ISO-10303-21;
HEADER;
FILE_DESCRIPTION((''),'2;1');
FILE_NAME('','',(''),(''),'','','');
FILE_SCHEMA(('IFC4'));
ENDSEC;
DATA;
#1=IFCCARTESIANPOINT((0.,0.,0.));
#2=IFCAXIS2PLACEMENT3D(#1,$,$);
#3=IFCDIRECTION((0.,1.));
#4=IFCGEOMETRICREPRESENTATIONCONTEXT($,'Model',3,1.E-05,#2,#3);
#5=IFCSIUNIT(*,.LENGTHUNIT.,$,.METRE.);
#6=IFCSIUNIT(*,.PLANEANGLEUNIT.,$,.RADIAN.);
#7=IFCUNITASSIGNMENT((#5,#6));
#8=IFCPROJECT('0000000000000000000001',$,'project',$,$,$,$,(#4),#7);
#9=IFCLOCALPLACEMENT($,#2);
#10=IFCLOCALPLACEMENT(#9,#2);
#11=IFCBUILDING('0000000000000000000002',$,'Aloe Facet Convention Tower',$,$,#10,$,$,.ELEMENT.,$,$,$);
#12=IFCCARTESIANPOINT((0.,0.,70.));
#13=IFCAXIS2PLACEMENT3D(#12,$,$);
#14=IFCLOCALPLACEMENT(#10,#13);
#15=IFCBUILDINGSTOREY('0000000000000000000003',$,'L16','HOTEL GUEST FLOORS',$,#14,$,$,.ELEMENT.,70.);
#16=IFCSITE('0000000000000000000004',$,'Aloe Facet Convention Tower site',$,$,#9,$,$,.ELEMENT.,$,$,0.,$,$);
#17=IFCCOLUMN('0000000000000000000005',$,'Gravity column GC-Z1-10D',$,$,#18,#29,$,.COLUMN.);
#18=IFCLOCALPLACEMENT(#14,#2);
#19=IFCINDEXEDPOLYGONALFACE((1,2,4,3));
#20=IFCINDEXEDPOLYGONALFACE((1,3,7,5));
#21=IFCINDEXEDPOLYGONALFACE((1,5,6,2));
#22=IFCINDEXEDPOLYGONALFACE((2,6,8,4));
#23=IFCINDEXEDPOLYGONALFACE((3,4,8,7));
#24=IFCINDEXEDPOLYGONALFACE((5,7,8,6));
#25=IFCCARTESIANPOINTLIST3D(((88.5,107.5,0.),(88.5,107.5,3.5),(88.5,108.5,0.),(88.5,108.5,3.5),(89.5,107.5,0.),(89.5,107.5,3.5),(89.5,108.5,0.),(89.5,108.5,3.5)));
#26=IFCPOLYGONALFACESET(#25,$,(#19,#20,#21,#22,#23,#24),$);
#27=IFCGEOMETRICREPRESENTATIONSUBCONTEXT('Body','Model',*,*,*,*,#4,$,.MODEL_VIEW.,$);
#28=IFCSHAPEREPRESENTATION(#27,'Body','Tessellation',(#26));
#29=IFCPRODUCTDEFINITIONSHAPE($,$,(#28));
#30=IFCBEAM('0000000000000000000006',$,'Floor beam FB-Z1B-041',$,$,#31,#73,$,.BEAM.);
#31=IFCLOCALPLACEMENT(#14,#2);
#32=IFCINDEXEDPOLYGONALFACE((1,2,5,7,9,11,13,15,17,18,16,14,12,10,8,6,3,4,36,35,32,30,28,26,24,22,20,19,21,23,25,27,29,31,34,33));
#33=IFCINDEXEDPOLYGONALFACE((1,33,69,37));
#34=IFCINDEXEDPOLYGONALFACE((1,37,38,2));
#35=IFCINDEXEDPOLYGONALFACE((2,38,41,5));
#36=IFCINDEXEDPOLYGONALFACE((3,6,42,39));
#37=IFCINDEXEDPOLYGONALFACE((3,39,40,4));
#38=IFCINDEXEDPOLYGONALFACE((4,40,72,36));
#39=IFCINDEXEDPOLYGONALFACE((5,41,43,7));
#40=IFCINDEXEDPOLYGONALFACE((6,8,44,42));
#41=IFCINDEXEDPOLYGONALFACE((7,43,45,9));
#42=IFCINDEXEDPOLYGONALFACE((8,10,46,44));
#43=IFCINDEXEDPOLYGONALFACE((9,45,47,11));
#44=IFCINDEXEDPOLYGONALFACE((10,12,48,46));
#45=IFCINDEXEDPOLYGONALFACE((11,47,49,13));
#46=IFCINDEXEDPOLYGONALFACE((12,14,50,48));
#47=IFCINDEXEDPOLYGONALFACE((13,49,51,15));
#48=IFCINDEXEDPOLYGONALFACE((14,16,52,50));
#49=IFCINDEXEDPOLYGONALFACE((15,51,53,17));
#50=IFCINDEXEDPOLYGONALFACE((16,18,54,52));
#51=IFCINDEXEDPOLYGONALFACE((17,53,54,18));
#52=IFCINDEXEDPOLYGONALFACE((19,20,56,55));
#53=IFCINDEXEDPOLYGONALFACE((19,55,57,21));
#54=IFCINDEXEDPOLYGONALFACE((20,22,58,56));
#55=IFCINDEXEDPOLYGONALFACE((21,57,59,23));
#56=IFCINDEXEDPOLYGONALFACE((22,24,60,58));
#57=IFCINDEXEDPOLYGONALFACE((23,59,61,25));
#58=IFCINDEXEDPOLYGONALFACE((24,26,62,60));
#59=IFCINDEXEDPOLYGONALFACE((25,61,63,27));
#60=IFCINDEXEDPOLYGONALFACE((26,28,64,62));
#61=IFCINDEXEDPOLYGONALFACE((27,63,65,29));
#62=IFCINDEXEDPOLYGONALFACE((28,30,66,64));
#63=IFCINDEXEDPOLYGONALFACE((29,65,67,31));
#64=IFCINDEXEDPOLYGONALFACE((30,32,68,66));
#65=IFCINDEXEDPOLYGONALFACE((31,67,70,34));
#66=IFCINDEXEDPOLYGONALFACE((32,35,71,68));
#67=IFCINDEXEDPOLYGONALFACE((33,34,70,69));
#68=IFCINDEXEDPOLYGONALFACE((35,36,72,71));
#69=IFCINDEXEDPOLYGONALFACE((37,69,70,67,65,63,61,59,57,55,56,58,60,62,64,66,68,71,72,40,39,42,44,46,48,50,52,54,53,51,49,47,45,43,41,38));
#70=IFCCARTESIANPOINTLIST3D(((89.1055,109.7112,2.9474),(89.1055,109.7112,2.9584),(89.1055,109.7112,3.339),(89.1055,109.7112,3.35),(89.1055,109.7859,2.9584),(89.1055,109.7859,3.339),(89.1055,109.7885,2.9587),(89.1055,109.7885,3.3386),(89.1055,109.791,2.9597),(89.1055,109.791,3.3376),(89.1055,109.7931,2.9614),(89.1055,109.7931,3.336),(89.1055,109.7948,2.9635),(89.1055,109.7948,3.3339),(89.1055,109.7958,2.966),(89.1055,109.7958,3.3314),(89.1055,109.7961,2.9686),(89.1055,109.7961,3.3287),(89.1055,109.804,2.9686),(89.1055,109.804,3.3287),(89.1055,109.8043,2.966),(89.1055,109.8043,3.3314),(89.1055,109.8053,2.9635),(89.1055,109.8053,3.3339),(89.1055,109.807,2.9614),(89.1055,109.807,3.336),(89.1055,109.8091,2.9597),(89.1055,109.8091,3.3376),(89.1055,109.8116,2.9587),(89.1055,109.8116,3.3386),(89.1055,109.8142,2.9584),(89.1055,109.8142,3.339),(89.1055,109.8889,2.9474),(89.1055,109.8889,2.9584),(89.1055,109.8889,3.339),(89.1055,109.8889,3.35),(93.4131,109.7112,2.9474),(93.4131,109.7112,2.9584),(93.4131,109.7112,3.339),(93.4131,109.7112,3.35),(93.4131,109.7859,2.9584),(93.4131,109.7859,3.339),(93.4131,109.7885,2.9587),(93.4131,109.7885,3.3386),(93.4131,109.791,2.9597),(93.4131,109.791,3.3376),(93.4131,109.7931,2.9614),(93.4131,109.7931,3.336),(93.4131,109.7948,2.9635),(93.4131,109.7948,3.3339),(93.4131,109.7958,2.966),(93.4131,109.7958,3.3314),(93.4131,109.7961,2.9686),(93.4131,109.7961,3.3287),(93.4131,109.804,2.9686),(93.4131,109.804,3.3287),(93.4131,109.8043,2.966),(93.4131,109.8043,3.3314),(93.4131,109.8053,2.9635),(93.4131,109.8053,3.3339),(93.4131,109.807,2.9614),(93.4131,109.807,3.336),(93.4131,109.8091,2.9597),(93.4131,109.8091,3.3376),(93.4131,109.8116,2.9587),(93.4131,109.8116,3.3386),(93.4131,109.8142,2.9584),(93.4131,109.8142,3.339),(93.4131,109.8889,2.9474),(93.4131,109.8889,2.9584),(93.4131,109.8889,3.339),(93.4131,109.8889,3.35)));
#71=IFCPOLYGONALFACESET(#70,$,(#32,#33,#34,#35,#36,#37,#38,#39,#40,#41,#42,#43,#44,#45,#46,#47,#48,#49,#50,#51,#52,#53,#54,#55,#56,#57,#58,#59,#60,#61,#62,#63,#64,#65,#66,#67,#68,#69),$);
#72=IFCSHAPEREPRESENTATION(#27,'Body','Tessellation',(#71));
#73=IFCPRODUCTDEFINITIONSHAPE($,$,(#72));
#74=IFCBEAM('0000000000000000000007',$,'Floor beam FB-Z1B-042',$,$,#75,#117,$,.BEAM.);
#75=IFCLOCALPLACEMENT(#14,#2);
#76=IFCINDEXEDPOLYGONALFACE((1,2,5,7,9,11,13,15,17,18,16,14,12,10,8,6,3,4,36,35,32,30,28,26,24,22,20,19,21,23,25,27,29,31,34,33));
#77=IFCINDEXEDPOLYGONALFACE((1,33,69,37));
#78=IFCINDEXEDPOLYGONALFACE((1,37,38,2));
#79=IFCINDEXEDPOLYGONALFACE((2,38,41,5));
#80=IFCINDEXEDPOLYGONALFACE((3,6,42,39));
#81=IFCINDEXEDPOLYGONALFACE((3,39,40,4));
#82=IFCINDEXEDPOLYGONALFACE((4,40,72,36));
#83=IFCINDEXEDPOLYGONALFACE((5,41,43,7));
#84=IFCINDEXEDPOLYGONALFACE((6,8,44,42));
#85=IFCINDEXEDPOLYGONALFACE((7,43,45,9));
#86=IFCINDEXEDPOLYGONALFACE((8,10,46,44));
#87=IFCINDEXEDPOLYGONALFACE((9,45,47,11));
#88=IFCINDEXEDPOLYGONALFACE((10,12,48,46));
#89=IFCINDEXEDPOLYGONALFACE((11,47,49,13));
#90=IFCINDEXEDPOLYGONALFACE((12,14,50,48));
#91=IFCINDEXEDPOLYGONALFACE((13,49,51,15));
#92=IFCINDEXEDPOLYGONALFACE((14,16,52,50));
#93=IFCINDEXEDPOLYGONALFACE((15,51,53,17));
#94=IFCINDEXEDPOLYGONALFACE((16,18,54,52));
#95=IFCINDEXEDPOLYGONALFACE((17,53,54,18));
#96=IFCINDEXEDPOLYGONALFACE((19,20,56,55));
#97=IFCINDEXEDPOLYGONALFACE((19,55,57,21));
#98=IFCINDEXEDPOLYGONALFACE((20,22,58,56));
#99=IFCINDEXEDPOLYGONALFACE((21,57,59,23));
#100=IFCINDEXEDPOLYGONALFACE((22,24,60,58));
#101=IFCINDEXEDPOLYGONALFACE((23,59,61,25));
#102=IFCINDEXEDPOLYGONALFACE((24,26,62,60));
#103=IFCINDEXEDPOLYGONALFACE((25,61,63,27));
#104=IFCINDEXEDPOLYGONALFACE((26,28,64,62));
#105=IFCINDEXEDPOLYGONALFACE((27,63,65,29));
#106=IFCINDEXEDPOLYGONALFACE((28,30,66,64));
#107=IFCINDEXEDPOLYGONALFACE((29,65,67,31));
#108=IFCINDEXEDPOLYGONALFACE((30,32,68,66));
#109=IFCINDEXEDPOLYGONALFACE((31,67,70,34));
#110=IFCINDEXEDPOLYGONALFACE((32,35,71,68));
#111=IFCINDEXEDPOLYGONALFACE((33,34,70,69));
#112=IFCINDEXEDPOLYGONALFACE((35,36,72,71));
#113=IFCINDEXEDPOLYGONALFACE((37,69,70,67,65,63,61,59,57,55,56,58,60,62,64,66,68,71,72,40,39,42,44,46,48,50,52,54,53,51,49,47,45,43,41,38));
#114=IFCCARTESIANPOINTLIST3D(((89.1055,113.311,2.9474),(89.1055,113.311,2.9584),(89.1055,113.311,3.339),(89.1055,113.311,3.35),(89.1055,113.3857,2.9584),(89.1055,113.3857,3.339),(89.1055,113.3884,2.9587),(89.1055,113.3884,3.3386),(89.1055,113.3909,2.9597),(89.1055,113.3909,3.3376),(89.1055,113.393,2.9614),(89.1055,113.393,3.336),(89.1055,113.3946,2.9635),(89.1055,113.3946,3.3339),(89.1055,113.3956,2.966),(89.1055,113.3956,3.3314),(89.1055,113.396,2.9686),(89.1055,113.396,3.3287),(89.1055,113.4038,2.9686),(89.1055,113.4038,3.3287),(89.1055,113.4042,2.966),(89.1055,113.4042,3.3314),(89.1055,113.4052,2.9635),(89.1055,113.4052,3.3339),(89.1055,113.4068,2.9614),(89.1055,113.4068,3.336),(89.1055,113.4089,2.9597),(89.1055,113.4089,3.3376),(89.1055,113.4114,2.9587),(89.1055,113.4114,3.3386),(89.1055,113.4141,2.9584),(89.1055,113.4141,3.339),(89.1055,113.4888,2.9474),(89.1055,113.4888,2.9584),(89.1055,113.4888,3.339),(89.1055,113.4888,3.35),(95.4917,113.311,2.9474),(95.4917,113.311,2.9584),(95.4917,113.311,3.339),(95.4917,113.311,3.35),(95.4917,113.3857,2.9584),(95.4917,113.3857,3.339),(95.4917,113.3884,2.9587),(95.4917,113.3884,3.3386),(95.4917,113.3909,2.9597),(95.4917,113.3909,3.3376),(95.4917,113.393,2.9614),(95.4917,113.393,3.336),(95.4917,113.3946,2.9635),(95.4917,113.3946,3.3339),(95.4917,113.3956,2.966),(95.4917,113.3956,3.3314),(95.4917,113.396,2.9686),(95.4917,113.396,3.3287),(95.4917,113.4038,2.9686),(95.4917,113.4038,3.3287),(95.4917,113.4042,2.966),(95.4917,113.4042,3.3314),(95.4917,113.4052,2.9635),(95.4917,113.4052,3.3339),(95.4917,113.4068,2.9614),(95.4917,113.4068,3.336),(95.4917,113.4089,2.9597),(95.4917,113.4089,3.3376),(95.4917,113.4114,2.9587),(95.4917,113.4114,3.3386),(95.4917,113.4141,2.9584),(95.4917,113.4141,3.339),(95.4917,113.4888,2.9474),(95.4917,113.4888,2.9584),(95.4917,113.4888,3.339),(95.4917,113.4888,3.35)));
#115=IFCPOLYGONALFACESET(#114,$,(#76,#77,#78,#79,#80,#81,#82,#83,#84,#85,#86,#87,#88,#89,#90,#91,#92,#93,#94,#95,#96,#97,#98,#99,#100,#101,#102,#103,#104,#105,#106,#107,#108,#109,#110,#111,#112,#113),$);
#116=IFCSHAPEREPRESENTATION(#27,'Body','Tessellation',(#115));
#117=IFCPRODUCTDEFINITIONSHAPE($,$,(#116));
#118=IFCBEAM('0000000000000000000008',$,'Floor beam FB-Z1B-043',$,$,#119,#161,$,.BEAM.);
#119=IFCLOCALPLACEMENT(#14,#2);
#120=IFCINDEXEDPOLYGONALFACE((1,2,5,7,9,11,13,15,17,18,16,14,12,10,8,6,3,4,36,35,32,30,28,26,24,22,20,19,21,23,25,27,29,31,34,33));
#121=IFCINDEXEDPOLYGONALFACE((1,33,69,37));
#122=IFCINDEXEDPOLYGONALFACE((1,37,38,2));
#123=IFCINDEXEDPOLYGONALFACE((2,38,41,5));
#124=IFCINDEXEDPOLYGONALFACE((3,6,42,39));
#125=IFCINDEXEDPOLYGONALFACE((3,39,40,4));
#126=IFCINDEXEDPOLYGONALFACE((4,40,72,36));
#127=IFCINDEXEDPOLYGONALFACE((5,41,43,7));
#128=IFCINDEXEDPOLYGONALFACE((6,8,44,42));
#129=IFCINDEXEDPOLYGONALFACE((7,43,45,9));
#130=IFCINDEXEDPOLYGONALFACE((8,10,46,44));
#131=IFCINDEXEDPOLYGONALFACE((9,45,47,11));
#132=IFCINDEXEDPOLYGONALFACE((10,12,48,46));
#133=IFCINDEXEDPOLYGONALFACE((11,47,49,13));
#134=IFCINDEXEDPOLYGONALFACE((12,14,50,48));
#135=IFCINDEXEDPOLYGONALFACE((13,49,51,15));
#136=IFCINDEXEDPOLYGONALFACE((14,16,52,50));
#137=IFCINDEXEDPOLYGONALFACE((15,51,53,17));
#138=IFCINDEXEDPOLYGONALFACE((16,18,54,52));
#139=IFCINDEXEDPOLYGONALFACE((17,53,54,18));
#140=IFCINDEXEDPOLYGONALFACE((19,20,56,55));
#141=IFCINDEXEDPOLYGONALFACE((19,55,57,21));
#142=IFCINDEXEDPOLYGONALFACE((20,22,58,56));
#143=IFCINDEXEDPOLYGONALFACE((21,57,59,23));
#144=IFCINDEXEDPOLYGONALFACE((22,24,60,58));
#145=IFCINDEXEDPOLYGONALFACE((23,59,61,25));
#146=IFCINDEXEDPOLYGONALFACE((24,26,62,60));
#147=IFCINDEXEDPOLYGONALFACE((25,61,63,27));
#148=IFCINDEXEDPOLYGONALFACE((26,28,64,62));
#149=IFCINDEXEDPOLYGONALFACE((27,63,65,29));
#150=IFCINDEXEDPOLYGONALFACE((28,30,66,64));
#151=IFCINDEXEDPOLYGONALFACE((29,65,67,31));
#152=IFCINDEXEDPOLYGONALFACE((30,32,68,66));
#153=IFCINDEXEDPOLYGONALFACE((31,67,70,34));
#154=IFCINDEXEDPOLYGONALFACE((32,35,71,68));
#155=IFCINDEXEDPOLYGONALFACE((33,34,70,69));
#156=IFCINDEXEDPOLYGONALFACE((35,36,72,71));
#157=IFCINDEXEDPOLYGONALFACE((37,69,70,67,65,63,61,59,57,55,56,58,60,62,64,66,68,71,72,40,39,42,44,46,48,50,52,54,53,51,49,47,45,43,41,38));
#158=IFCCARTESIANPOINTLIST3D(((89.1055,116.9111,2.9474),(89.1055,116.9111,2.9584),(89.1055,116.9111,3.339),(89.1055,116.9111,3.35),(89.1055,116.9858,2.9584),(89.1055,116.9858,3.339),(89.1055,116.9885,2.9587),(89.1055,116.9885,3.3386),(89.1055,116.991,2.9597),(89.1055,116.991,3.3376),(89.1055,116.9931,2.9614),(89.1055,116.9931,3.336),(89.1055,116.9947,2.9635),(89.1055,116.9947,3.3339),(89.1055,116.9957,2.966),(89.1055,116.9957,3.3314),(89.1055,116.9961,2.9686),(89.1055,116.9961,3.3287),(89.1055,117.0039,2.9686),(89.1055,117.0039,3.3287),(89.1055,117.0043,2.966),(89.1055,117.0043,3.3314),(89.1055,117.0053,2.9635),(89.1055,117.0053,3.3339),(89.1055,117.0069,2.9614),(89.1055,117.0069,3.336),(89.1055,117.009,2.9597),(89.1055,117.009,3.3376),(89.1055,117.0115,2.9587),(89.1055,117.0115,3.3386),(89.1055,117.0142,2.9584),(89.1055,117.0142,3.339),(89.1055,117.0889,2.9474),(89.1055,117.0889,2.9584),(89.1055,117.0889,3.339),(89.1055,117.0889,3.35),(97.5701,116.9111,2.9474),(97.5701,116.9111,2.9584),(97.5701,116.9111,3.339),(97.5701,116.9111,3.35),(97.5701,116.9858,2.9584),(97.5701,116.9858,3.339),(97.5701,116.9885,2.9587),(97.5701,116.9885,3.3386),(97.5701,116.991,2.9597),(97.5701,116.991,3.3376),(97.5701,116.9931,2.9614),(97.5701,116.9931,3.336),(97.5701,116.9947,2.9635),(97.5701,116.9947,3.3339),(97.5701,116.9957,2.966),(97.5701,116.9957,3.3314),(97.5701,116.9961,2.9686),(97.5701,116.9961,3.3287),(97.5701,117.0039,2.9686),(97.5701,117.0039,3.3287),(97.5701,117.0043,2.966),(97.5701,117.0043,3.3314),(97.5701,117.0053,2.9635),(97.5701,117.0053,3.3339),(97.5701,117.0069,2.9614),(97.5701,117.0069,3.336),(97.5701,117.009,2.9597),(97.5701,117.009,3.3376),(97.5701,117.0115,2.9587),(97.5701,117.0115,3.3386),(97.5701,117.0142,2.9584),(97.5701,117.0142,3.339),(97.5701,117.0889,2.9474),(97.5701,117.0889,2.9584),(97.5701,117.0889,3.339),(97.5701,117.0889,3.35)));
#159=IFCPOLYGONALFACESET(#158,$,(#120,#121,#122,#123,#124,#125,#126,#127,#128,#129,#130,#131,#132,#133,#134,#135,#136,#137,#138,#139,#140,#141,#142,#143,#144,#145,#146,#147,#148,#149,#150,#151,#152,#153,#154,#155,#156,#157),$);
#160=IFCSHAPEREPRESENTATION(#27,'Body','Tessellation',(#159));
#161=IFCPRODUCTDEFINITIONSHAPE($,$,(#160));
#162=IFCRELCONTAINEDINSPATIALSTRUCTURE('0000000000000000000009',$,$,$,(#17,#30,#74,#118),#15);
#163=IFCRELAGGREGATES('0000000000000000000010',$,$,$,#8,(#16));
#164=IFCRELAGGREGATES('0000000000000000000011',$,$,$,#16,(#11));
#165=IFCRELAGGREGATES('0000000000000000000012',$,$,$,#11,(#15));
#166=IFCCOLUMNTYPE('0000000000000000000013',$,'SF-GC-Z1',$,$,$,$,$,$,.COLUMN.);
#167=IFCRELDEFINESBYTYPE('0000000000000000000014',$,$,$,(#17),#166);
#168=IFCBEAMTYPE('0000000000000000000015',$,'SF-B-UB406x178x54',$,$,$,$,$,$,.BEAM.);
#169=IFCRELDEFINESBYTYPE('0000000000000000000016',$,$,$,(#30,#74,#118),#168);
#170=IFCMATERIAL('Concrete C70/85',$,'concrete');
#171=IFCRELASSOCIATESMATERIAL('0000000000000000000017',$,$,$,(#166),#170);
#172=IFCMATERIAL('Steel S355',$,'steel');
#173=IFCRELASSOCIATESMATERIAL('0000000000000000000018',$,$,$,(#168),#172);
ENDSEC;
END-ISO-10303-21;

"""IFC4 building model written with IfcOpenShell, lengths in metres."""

from ifc_helpers import new_model, si_unit, direction, frame, origin, origin_2d, place, context, subcontext, project, spatial, rectangle, i_section, extrude, material, material_profile, profile_set, type_object, element, save


model = new_model("IFC4")

# Units and contexts
model_context = context("Model", 3, precision=1e-05, world=origin(), true_north=direction((0.0, 1.0)))
body_context = subcontext(model_context, "Body", "Model", "MODEL_VIEW")
ifc_project = project(units=[si_unit("LENGTHUNIT", "METRE"), si_unit("PLANEANGLEUNIT", "RADIAN")], contexts=[model_context])

# Site, building, storey
site_placement = place(None, origin())
site = spatial("IfcSite", under=ifc_project, at=site_placement, Name="Aloe Facet Convention Tower site", CompositionType="ELEMENT", RefElevation=0.0)
building_placement = place(site_placement, origin())
building = spatial("IfcBuilding", under=site, at=building_placement, Name="Aloe Facet Convention Tower", CompositionType="ELEMENT")
storey_placement = place(building_placement, frame((0.0, 0.0, 70.0)))
storey = spatial("IfcBuildingStorey", under=building, at=storey_placement, Name="L16", Description="HOTEL GUEST FLOORS", CompositionType="ELEMENT", Elevation=70.0)

# Column
ifc_material_1 = material(Name="Concrete C70/85", Category="concrete")
ifc_material_profile_1 = material_profile(ifc_material_1, rectangle(XDim=1.0, YDim=1.0, at=origin_2d()), Name="SF-GC-Z1")
ifc_profile_set_1 = profile_set([ifc_material_profile_1], Name="Concrete C70/85")
column_type = type_object("IfcColumnType", Name="SF-GC-Z1", PredefinedType="COLUMN", material=ifc_profile_set_1)
column_placement = place(storey_placement, frame((89.0, 108.0, 0.0), z_axis=(0.0, 0.0, 1.0), x_axis=(1.0, 0.0, 0.0)))
element("IfcColumn", 1, at=column_placement, inside=storey, type_object=column_type, Name="Gravity column GC-Z1-10D", PredefinedType="COLUMN", context=body_context, shape_type="SweptSolid", body=[
    extrude(rectangle(XDim=1.0, YDim=1.0, at=origin_2d()), origin(), (0.0, 0.0, 1.0), 3.5),
])

# Beams
ifc_material_2 = material(Name="Steel S355", Category="steel")
ifc_material_profile_2 = material_profile(ifc_material_2, i_section(OverallWidth=0.1777, OverallDepth=0.4026, WebThickness=0.0078, FlangeThickness=0.011, FilletRadius=0.0103, at=origin_2d()), Name="UB 406x178x54")
ifc_profile_set_2 = profile_set([ifc_material_profile_2], Name="Steel S355")
beam_type_1 = type_object("IfcBeamType", Name="SF-B-UB406x178x54", PredefinedType="BEAM", material=ifc_profile_set_2)
beam_1_placement = place(storey_placement, frame((89.1055, 109.8, 3.1487), z_axis=(1.0, 0.0, 0.0), x_axis=(0.0, 1.0, 0.0)))
element("IfcBeam", 2, at=beam_1_placement, inside=storey, type_object=beam_type_1, Name="Floor beam FB-Z1B-041", PredefinedType="BEAM", context=body_context, shape_type="SweptSolid", body=[
    extrude(i_section(OverallWidth=0.1777, OverallDepth=0.4026, WebThickness=0.0078, FlangeThickness=0.011, FilletRadius=0.0103, at=origin_2d()), origin(), (0.0, 0.0, 1.0), 4.3076),
])
beam_2_placement = place(storey_placement, frame((89.1055, 113.3999, 3.1487), z_axis=(1.0, 0.0, 0.0), x_axis=(0.0, 1.0, 0.0)))
element("IfcBeam", 3, at=beam_2_placement, inside=storey, type_object=beam_type_1, Name="Floor beam FB-Z1B-042", PredefinedType="BEAM", context=body_context, shape_type="SweptSolid", body=[
    extrude(i_section(OverallWidth=0.1777, OverallDepth=0.4026, WebThickness=0.0078, FlangeThickness=0.011, FilletRadius=0.0103, at=origin_2d()), origin(), (0.0, 0.0, 1.0), 6.3862),
])
beam_3_placement = place(storey_placement, frame((89.1055, 117.0, 3.1487), z_axis=(1.0, 0.0, 0.0), x_axis=(0.0, 1.0, 0.0)))
element("IfcBeam", 4, at=beam_3_placement, inside=storey, type_object=beam_type_1, Name="Floor beam FB-Z1B-043", PredefinedType="BEAM", context=body_context, shape_type="SweptSolid", body=[
    extrude(i_section(OverallWidth=0.1777, OverallDepth=0.4026, WebThickness=0.0078, FlangeThickness=0.011, FilletRadius=0.0103, at=origin_2d()), origin(), (0.0, 0.0, 1.0), 8.4646),
])

save(model, "model.ifc")
